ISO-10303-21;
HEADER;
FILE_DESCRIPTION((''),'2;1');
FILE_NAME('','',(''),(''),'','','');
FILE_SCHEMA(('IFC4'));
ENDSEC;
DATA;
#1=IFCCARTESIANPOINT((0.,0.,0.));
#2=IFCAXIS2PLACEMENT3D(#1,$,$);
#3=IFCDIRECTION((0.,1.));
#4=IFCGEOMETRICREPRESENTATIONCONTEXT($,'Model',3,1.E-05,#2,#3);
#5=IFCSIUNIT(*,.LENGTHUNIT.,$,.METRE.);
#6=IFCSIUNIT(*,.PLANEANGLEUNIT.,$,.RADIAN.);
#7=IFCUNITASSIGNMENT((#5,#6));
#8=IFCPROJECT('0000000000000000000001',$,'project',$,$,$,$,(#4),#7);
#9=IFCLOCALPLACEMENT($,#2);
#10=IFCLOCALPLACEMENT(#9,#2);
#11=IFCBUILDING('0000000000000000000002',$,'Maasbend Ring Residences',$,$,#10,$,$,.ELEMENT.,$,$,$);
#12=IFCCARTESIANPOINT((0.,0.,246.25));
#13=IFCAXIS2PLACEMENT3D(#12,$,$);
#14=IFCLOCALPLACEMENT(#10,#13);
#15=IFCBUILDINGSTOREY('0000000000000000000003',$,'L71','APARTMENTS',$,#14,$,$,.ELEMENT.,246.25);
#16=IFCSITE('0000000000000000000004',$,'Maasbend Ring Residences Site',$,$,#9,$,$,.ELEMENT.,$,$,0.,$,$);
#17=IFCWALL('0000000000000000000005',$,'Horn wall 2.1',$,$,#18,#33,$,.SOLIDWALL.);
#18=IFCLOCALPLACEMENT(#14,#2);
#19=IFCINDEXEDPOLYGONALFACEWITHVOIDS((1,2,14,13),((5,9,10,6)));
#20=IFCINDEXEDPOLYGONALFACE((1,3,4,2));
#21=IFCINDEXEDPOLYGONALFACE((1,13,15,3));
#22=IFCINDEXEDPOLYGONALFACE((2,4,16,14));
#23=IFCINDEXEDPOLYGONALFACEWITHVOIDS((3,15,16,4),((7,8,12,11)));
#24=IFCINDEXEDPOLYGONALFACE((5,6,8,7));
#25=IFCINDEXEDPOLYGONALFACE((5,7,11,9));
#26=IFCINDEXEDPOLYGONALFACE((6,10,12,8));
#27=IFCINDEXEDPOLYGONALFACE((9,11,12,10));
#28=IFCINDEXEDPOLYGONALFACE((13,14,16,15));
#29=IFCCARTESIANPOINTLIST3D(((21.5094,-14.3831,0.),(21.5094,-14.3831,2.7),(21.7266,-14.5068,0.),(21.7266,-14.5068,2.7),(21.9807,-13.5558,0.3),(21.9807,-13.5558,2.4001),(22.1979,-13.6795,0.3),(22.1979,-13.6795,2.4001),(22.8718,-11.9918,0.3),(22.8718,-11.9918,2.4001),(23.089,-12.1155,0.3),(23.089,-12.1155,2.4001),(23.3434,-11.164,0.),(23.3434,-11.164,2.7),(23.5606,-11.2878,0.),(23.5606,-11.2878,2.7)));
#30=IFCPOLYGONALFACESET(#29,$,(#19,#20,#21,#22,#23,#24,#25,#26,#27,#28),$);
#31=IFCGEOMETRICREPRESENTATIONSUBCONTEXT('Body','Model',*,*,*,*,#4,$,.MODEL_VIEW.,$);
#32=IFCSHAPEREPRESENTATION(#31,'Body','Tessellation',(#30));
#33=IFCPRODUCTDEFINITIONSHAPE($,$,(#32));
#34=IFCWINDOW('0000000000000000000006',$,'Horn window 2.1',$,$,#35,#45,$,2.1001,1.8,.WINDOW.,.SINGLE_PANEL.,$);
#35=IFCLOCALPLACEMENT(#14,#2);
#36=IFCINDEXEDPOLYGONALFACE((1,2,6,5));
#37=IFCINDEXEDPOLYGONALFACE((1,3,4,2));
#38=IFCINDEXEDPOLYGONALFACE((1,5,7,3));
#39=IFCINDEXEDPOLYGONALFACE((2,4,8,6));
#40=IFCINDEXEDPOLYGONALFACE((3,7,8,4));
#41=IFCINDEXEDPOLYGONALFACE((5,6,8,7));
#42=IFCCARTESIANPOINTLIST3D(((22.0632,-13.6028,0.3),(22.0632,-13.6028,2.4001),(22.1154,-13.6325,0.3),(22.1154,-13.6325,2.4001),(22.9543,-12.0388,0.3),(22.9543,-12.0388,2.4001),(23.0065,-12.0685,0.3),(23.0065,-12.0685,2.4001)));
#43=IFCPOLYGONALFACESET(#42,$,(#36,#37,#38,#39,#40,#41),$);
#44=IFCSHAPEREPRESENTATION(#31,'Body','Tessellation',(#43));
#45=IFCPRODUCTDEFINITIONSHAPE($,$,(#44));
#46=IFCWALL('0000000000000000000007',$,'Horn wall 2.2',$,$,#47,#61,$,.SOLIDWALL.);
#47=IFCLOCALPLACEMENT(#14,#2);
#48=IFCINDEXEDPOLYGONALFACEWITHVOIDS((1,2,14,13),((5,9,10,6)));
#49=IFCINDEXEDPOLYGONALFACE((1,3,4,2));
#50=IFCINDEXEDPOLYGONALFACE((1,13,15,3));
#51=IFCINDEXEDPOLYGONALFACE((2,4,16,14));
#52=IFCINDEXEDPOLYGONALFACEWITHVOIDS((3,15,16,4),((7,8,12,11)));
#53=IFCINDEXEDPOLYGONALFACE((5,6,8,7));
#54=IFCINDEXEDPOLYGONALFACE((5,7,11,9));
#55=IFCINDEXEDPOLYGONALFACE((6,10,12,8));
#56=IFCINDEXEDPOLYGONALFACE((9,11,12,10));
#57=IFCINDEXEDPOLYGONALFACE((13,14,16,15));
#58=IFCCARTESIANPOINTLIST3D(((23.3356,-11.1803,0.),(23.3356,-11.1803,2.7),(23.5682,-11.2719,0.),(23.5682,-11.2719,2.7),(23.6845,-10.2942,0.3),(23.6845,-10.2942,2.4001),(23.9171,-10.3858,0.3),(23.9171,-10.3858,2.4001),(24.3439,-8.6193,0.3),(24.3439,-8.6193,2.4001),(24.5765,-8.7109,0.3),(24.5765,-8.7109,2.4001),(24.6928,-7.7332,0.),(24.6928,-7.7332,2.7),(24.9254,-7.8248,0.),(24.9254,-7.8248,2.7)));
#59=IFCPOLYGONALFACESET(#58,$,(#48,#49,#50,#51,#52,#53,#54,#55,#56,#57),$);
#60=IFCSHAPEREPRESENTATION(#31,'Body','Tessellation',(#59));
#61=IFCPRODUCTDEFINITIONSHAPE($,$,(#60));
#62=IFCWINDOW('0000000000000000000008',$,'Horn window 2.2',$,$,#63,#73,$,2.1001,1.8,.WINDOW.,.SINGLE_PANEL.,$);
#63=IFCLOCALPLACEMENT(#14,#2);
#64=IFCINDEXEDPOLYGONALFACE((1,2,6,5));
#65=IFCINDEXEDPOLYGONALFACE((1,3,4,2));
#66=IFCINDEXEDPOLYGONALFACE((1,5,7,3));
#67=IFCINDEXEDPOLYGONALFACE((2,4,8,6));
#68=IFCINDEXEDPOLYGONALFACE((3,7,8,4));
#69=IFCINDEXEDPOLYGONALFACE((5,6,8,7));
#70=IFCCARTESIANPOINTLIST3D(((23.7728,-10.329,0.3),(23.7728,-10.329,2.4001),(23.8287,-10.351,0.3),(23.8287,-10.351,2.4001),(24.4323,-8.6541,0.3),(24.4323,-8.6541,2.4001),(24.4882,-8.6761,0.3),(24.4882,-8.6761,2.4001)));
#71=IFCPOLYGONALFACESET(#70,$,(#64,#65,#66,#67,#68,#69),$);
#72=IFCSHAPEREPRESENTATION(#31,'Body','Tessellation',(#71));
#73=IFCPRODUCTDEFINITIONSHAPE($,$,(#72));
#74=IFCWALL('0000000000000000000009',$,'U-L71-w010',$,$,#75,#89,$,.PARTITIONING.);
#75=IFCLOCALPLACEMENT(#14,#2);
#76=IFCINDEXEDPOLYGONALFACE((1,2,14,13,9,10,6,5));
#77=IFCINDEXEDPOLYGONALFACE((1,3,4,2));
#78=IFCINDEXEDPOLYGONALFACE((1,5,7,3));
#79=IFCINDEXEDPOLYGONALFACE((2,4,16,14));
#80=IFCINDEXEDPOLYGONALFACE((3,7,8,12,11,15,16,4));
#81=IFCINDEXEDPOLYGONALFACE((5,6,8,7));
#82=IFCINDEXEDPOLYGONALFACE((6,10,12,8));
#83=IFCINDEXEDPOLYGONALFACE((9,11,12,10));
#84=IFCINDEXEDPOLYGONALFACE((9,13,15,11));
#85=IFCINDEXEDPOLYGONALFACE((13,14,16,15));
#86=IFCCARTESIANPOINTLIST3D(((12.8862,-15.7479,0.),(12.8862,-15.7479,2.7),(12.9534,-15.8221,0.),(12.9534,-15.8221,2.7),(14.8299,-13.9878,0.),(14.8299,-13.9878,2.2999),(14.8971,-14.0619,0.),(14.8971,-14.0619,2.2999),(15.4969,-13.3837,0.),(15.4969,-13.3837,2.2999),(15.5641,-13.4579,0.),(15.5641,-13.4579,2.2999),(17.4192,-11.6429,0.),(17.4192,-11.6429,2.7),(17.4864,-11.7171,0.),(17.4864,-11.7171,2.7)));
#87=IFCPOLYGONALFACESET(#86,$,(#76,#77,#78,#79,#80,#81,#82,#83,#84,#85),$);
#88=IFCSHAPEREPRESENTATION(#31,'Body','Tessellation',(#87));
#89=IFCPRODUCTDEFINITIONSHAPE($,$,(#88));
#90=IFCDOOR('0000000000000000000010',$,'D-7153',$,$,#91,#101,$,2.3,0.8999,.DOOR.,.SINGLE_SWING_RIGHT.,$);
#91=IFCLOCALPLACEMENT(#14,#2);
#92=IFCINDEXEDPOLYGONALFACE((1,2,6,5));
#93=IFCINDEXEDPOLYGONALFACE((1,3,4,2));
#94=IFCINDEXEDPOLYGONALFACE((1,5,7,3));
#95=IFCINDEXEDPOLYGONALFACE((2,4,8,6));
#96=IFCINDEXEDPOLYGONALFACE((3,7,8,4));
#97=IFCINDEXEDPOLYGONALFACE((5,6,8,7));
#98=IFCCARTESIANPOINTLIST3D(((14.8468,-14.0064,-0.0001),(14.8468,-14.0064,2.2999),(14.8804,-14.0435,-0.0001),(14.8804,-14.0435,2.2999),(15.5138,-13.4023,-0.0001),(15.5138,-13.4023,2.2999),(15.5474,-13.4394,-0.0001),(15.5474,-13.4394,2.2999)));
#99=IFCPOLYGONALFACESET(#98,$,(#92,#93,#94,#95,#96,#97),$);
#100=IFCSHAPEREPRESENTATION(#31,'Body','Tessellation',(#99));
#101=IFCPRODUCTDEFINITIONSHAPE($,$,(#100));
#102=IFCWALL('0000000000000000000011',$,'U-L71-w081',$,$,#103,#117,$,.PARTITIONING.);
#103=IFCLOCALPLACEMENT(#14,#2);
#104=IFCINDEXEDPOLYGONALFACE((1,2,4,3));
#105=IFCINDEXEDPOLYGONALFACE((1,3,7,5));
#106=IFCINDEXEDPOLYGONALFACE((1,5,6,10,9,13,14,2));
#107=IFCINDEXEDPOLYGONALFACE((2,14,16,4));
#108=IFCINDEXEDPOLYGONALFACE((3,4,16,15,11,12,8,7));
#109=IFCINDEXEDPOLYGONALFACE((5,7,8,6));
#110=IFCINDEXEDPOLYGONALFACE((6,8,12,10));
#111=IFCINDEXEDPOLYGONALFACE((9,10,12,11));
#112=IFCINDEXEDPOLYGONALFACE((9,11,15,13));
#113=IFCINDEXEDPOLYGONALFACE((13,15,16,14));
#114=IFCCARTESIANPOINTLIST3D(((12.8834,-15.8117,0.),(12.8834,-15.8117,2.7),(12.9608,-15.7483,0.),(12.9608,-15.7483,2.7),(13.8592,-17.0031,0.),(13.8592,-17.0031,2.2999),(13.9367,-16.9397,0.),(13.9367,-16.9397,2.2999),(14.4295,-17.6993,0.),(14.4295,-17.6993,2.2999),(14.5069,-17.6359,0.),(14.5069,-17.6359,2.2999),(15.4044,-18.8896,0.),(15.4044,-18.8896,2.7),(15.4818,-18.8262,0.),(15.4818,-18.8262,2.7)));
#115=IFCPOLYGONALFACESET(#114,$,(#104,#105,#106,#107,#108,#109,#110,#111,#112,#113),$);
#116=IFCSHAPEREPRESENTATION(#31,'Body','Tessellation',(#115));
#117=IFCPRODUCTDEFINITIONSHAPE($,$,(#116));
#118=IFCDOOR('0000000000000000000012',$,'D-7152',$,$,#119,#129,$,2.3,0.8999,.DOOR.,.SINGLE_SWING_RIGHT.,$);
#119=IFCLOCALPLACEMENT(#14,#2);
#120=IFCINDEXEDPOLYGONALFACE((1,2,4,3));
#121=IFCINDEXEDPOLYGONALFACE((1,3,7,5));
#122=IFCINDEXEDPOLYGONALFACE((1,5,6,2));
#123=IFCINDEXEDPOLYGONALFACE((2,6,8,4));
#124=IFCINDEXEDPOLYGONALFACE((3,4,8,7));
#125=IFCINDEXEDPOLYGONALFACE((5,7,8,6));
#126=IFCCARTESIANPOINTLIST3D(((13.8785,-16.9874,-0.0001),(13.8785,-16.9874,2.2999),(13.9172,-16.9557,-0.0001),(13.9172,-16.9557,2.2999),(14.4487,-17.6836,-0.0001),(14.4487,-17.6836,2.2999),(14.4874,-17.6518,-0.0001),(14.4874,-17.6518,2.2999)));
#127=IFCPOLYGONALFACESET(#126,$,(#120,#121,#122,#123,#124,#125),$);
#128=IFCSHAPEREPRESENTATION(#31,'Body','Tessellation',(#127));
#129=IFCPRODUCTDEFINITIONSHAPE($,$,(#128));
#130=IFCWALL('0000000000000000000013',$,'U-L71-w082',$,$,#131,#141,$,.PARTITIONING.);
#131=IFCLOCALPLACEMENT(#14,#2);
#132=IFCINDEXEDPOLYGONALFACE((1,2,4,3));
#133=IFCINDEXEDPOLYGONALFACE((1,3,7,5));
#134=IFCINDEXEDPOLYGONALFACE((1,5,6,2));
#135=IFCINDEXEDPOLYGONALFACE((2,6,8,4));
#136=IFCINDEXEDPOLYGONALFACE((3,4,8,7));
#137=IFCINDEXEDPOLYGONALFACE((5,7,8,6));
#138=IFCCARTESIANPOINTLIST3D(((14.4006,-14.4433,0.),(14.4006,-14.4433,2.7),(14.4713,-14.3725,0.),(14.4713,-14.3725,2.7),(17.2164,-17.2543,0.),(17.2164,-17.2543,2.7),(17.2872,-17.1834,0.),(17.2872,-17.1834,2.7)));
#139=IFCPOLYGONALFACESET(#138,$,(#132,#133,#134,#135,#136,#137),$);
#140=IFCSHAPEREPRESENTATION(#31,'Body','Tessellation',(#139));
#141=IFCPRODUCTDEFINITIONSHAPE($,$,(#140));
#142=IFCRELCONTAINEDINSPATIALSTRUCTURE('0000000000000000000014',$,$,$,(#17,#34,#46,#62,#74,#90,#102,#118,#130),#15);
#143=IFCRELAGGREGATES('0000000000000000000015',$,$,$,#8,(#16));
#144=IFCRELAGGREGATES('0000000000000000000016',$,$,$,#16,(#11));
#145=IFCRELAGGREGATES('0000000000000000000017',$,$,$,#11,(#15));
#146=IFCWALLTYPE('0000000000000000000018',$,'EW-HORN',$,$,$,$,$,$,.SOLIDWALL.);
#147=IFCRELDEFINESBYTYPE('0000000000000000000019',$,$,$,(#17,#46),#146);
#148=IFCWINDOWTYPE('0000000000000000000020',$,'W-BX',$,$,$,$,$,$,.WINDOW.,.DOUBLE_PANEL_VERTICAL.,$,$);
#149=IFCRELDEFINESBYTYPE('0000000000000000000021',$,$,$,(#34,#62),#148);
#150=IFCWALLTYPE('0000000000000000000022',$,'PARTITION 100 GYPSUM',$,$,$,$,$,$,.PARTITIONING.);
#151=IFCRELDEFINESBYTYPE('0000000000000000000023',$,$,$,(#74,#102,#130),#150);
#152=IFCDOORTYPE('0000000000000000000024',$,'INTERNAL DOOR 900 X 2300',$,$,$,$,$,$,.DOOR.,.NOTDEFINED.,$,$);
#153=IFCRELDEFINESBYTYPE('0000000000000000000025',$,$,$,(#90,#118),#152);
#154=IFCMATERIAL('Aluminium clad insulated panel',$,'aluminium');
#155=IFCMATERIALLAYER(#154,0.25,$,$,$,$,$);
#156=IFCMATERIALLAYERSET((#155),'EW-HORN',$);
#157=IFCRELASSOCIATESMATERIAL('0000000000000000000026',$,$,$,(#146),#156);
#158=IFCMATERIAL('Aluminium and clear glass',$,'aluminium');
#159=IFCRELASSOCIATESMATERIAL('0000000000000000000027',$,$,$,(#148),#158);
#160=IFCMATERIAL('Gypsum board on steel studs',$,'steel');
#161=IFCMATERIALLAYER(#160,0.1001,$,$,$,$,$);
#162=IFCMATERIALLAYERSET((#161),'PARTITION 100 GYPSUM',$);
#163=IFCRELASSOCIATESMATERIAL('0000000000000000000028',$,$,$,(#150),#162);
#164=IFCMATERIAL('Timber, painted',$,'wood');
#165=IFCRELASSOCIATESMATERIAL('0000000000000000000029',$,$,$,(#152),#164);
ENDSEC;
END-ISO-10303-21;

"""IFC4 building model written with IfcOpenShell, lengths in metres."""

from ifc_helpers import new_model, si_unit, direction, frame, frame_2d, origin, place, context, subcontext, project, spatial, rectangle, extrude, material, layer, layer_set, type_object, element, fill, save


model = new_model("IFC4")

# Units and contexts
model_context = context("Model", 3, precision=1e-05, world=origin(), true_north=direction((0.0, 1.0)))
body_context = subcontext(model_context, "Body", "Model", "MODEL_VIEW")
ifc_project = project(units=[si_unit("LENGTHUNIT", "METRE"), si_unit("PLANEANGLEUNIT", "RADIAN")], contexts=[model_context])

# Site, building, storey
site_placement = place(None, origin())
site = spatial("IfcSite", under=ifc_project, at=site_placement, Name="Maasbend Ring Residences Site", CompositionType="ELEMENT", RefElevation=0.0)
building_placement = place(site_placement, origin())
building = spatial("IfcBuilding", under=site, at=building_placement, Name="Maasbend Ring Residences", CompositionType="ELEMENT")
storey_placement = place(building_placement, frame((0.0, 0.0, 246.25)))
storey = spatial("IfcBuildingStorey", under=building, at=storey_placement, Name="L71", Description="APARTMENTS", CompositionType="ELEMENT", Elevation=246.25)

# Walls, openings, windows
ifc_material_1 = material(Name="Aluminium clad insulated panel", Category="aluminium")
ifc_layer_1 = layer(ifc_material_1, 0.25)
ifc_layer_set_1 = layer_set([ifc_layer_1], Name="EW-HORN")
wall_type_1 = type_object("IfcWallType", Name="EW-HORN", PredefinedType="SOLIDWALL", material=ifc_layer_set_1)
wall_1_placement = place(storey_placement, frame((21.6179, -14.4451, 0.0), z_axis=(0.0, 0.0, 1.0), x_axis=(0.495031, 0.868875, 0.0)))
wall_1 = element("IfcWall", 1, at=wall_1_placement, inside=storey, type_object=wall_type_1, Name="Horn wall 2.1", PredefinedType="SOLIDWALL", context=body_context, shape_type="SweptSolid", body=[
    extrude(rectangle(XDim=3.7048, YDim=0.25, at=frame_2d((1.8525, 0.0))), origin(), (0.0, 0.0, 1.0), 2.7),
])
opening_1_placement = place(wall_1_placement, frame((0.9524, 0.0, 0.3)))
opening_1 = element("IfcOpeningElement", 2, at=opening_1_placement, cuts=wall_1, PredefinedType="OPENING", context=body_context, shape_type="SweptSolid", body=[
    extrude(rectangle(XDim=1.8, YDim=2.1001, at=frame_2d((0.8999, 1.05))), frame((0.0, 0.135, 0.0), z_axis=(0.0, -1.0, 0.0), x_axis=(1.0, 0.0, 0.0)), (0.0, 0.0, 1.0), 0.27),
])
ifc_material_2 = material(Name="Aluminium and clear glass", Category="aluminium")
window_type = type_object("IfcWindowType", Name="W-BX", PartitioningType="DOUBLE_PANEL_VERTICAL", PredefinedType="WINDOW", material=ifc_material_2)
window_1_placement = place(opening_1_placement, origin())
window_1 = element("IfcWindow", 3, at=window_1_placement, inside=storey, type_object=window_type, Name="Horn window 2.1", OverallHeight=2.1001, OverallWidth=1.8, PartitioningType="SINGLE_PANEL", PredefinedType="WINDOW", context=body_context, shape_type="SweptSolid", body=[
    extrude(rectangle(XDim=1.8, YDim=2.1001, at=frame_2d((0.8999, 1.05))), frame((0.0, 0.03, 0.0), z_axis=(0.0, -1.0, 0.0), x_axis=(1.0, 0.0, 0.0)), (0.0, 0.0, 1.0), 0.0601),
])
fill(opening_1, window_1)
wall_2_placement = place(storey_placement, frame((23.4519, -11.2261, 0.0), z_axis=(0.0, 0.0, 1.0), x_axis=(0.366352, 0.930476, 0.0)))
wall_2 = element("IfcWall", 4, at=wall_2_placement, inside=storey, type_object=wall_type_1, Name="Horn wall 2.2", PredefinedType="SOLIDWALL", context=body_context, shape_type="SweptSolid", body=[
    extrude(rectangle(XDim=3.7046, YDim=0.25, at=frame_2d((1.8523, 0.0))), origin(), (0.0, 0.0, 1.0), 2.7),
])
opening_2_placement = place(wall_2_placement, frame((0.9524, 0.0, 0.3)))
opening_2 = element("IfcOpeningElement", 5, at=opening_2_placement, cuts=wall_2, PredefinedType="OPENING", context=body_context, shape_type="SweptSolid", body=[
    extrude(rectangle(XDim=1.8, YDim=2.1001, at=frame_2d((0.8999, 1.05))), frame((0.0, 0.135, 0.0), z_axis=(0.0, -1.0, 0.0), x_axis=(1.0, 0.0, 0.0)), (0.0, 0.0, 1.0), 0.27),
])
window_2_placement = place(opening_2_placement, origin())
window_2 = element("IfcWindow", 6, at=window_2_placement, inside=storey, type_object=window_type, Name="Horn window 2.2", OverallHeight=2.1001, OverallWidth=1.8, PartitioningType="SINGLE_PANEL", PredefinedType="WINDOW", context=body_context, shape_type="SweptSolid", body=[
    extrude(rectangle(XDim=1.8, YDim=2.1001, at=frame_2d((0.8999, 1.05))), frame((0.0, 0.03, 0.0), z_axis=(0.0, -1.0, 0.0), x_axis=(1.0, 0.0, 0.0)), (0.0, 0.0, 1.0), 0.0601),
])
fill(opening_2, window_2)

# Walls, openings, doors
ifc_material_3 = material(Name="Gypsum board on steel studs", Category="steel")
ifc_layer_2 = layer(ifc_material_3, 0.1001)
ifc_layer_set_2 = layer_set([ifc_layer_2], Name="PARTITION 100 GYPSUM")
wall_type_2 = type_object("IfcWallType", Name="PARTITION 100 GYPSUM", PredefinedType="PARTITIONING", material=ifc_layer_set_2)
wall_3_placement = place(storey_placement, frame((12.9199, -15.7849, 0.0), z_axis=(0.0, 0.0, 1.0), x_axis=(0.741232, 0.671249, 0.0)))
wall_3 = element("IfcWall", 7, at=wall_3_placement, inside=storey, type_object=wall_type_2, Name="U-L71-w010", PredefinedType="PARTITIONING", context=body_context, shape_type="SweptSolid", body=[
    extrude(rectangle(XDim=6.1155, YDim=0.1001, at=frame_2d((3.0576, 0.0))), origin(), (0.0, 0.0, 1.0), 2.7),
])
opening_3_placement = place(wall_3_placement, frame((2.6221, 0.0, 0.0)))
opening_3 = element("IfcOpeningElement", 8, at=opening_3_placement, cuts=wall_3, PredefinedType="OPENING", context=body_context, shape_type="SweptSolid", body=[
    extrude(rectangle(XDim=0.8999, YDim=2.3, at=frame_2d((0.45, 1.1499))), frame((0.0, 0.0601, 0.0), z_axis=(0.0, -1.0, 0.0), x_axis=(1.0, 0.0, 0.0)), (0.0, 0.0, 1.0), 0.1201),
])
ifc_material_4 = material(Name="Timber, painted", Category="wood")
door_type = type_object("IfcDoorType", Name="INTERNAL DOOR 900 X 2300", OperationType="NOTDEFINED", PredefinedType="DOOR", material=ifc_material_4)
door_1_placement = place(opening_3_placement, origin())
door_1 = element("IfcDoor", 9, at=door_1_placement, inside=storey, type_object=door_type, Name="D-7153", OperationType="SINGLE_SWING_RIGHT", OverallHeight=2.3, OverallWidth=0.8999, PredefinedType="DOOR", context=body_context, shape_type="SweptSolid", body=[
    extrude(rectangle(XDim=0.8999, YDim=2.3, at=frame_2d((0.45, 1.1499))), frame((0.0, 0.0249, 0.0), z_axis=(0.0, -1.0, 0.0), x_axis=(1.0, 0.0, 0.0)), (0.0, 0.0, 1.0), 0.05),
])
fill(opening_3, door_1)
wall_4_placement = place(storey_placement, frame((12.9221, -15.78, 0.0), z_axis=(0.0, 0.0, 1.0), x_axis=(0.633649, -0.773621, 0.0)))
wall_4 = element("IfcWall", 10, at=wall_4_placement, inside=storey, type_object=wall_type_2, Name="U-L71-w081", PredefinedType="PARTITIONING", context=body_context, shape_type="SweptSolid", body=[
    extrude(rectangle(XDim=3.9785, YDim=0.1001, at=frame_2d((1.9893, 0.0))), origin(), (0.0, 0.0, 1.0), 2.7),
])
opening_4_placement = place(wall_4_placement, frame((1.54, 0.0, 0.0)))
opening_4 = element("IfcOpeningElement", 11, at=opening_4_placement, cuts=wall_4, PredefinedType="OPENING", context=body_context, shape_type="SweptSolid", body=[
    extrude(rectangle(XDim=0.8999, YDim=2.3, at=frame_2d((0.45, 1.1499))), frame((0.0, 0.0601, 0.0), z_axis=(0.0, -1.0, 0.0), x_axis=(1.0, 0.0, 0.0)), (0.0, 0.0, 1.0), 0.1201),
])
door_2_placement = place(opening_4_placement, origin())
door_2 = element("IfcDoor", 12, at=door_2_placement, inside=storey, type_object=door_type, Name="D-7152", OperationType="SINGLE_SWING_RIGHT", OverallHeight=2.3, OverallWidth=0.8999, PredefinedType="DOOR", context=body_context, shape_type="SweptSolid", body=[
    extrude(rectangle(XDim=0.8999, YDim=2.3, at=frame_2d((0.45, 1.1499))), frame((0.0, 0.0249, 0.0), z_axis=(0.0, -1.0, 0.0), x_axis=(1.0, 0.0, 0.0)), (0.0, 0.0, 1.0), 0.05),
])
fill(opening_4, door_2)

# Wall
wall_5_placement = place(storey_placement, frame((14.436, -14.408, 0.0), z_axis=(0.0, 0.0, 1.0), x_axis=(0.70772, -0.706493, 0.0)))
element("IfcWall", 13, at=wall_5_placement, inside=storey, type_object=wall_type_2, Name="U-L71-w082", PredefinedType="PARTITIONING", context=body_context, shape_type="SweptSolid", body=[
    extrude(rectangle(XDim=3.9788, YDim=0.1001, at=frame_2d((1.9893, 0.0))), origin(), (0.0, 0.0, 1.0), 2.7),
])

save(model, "model.ifc")
